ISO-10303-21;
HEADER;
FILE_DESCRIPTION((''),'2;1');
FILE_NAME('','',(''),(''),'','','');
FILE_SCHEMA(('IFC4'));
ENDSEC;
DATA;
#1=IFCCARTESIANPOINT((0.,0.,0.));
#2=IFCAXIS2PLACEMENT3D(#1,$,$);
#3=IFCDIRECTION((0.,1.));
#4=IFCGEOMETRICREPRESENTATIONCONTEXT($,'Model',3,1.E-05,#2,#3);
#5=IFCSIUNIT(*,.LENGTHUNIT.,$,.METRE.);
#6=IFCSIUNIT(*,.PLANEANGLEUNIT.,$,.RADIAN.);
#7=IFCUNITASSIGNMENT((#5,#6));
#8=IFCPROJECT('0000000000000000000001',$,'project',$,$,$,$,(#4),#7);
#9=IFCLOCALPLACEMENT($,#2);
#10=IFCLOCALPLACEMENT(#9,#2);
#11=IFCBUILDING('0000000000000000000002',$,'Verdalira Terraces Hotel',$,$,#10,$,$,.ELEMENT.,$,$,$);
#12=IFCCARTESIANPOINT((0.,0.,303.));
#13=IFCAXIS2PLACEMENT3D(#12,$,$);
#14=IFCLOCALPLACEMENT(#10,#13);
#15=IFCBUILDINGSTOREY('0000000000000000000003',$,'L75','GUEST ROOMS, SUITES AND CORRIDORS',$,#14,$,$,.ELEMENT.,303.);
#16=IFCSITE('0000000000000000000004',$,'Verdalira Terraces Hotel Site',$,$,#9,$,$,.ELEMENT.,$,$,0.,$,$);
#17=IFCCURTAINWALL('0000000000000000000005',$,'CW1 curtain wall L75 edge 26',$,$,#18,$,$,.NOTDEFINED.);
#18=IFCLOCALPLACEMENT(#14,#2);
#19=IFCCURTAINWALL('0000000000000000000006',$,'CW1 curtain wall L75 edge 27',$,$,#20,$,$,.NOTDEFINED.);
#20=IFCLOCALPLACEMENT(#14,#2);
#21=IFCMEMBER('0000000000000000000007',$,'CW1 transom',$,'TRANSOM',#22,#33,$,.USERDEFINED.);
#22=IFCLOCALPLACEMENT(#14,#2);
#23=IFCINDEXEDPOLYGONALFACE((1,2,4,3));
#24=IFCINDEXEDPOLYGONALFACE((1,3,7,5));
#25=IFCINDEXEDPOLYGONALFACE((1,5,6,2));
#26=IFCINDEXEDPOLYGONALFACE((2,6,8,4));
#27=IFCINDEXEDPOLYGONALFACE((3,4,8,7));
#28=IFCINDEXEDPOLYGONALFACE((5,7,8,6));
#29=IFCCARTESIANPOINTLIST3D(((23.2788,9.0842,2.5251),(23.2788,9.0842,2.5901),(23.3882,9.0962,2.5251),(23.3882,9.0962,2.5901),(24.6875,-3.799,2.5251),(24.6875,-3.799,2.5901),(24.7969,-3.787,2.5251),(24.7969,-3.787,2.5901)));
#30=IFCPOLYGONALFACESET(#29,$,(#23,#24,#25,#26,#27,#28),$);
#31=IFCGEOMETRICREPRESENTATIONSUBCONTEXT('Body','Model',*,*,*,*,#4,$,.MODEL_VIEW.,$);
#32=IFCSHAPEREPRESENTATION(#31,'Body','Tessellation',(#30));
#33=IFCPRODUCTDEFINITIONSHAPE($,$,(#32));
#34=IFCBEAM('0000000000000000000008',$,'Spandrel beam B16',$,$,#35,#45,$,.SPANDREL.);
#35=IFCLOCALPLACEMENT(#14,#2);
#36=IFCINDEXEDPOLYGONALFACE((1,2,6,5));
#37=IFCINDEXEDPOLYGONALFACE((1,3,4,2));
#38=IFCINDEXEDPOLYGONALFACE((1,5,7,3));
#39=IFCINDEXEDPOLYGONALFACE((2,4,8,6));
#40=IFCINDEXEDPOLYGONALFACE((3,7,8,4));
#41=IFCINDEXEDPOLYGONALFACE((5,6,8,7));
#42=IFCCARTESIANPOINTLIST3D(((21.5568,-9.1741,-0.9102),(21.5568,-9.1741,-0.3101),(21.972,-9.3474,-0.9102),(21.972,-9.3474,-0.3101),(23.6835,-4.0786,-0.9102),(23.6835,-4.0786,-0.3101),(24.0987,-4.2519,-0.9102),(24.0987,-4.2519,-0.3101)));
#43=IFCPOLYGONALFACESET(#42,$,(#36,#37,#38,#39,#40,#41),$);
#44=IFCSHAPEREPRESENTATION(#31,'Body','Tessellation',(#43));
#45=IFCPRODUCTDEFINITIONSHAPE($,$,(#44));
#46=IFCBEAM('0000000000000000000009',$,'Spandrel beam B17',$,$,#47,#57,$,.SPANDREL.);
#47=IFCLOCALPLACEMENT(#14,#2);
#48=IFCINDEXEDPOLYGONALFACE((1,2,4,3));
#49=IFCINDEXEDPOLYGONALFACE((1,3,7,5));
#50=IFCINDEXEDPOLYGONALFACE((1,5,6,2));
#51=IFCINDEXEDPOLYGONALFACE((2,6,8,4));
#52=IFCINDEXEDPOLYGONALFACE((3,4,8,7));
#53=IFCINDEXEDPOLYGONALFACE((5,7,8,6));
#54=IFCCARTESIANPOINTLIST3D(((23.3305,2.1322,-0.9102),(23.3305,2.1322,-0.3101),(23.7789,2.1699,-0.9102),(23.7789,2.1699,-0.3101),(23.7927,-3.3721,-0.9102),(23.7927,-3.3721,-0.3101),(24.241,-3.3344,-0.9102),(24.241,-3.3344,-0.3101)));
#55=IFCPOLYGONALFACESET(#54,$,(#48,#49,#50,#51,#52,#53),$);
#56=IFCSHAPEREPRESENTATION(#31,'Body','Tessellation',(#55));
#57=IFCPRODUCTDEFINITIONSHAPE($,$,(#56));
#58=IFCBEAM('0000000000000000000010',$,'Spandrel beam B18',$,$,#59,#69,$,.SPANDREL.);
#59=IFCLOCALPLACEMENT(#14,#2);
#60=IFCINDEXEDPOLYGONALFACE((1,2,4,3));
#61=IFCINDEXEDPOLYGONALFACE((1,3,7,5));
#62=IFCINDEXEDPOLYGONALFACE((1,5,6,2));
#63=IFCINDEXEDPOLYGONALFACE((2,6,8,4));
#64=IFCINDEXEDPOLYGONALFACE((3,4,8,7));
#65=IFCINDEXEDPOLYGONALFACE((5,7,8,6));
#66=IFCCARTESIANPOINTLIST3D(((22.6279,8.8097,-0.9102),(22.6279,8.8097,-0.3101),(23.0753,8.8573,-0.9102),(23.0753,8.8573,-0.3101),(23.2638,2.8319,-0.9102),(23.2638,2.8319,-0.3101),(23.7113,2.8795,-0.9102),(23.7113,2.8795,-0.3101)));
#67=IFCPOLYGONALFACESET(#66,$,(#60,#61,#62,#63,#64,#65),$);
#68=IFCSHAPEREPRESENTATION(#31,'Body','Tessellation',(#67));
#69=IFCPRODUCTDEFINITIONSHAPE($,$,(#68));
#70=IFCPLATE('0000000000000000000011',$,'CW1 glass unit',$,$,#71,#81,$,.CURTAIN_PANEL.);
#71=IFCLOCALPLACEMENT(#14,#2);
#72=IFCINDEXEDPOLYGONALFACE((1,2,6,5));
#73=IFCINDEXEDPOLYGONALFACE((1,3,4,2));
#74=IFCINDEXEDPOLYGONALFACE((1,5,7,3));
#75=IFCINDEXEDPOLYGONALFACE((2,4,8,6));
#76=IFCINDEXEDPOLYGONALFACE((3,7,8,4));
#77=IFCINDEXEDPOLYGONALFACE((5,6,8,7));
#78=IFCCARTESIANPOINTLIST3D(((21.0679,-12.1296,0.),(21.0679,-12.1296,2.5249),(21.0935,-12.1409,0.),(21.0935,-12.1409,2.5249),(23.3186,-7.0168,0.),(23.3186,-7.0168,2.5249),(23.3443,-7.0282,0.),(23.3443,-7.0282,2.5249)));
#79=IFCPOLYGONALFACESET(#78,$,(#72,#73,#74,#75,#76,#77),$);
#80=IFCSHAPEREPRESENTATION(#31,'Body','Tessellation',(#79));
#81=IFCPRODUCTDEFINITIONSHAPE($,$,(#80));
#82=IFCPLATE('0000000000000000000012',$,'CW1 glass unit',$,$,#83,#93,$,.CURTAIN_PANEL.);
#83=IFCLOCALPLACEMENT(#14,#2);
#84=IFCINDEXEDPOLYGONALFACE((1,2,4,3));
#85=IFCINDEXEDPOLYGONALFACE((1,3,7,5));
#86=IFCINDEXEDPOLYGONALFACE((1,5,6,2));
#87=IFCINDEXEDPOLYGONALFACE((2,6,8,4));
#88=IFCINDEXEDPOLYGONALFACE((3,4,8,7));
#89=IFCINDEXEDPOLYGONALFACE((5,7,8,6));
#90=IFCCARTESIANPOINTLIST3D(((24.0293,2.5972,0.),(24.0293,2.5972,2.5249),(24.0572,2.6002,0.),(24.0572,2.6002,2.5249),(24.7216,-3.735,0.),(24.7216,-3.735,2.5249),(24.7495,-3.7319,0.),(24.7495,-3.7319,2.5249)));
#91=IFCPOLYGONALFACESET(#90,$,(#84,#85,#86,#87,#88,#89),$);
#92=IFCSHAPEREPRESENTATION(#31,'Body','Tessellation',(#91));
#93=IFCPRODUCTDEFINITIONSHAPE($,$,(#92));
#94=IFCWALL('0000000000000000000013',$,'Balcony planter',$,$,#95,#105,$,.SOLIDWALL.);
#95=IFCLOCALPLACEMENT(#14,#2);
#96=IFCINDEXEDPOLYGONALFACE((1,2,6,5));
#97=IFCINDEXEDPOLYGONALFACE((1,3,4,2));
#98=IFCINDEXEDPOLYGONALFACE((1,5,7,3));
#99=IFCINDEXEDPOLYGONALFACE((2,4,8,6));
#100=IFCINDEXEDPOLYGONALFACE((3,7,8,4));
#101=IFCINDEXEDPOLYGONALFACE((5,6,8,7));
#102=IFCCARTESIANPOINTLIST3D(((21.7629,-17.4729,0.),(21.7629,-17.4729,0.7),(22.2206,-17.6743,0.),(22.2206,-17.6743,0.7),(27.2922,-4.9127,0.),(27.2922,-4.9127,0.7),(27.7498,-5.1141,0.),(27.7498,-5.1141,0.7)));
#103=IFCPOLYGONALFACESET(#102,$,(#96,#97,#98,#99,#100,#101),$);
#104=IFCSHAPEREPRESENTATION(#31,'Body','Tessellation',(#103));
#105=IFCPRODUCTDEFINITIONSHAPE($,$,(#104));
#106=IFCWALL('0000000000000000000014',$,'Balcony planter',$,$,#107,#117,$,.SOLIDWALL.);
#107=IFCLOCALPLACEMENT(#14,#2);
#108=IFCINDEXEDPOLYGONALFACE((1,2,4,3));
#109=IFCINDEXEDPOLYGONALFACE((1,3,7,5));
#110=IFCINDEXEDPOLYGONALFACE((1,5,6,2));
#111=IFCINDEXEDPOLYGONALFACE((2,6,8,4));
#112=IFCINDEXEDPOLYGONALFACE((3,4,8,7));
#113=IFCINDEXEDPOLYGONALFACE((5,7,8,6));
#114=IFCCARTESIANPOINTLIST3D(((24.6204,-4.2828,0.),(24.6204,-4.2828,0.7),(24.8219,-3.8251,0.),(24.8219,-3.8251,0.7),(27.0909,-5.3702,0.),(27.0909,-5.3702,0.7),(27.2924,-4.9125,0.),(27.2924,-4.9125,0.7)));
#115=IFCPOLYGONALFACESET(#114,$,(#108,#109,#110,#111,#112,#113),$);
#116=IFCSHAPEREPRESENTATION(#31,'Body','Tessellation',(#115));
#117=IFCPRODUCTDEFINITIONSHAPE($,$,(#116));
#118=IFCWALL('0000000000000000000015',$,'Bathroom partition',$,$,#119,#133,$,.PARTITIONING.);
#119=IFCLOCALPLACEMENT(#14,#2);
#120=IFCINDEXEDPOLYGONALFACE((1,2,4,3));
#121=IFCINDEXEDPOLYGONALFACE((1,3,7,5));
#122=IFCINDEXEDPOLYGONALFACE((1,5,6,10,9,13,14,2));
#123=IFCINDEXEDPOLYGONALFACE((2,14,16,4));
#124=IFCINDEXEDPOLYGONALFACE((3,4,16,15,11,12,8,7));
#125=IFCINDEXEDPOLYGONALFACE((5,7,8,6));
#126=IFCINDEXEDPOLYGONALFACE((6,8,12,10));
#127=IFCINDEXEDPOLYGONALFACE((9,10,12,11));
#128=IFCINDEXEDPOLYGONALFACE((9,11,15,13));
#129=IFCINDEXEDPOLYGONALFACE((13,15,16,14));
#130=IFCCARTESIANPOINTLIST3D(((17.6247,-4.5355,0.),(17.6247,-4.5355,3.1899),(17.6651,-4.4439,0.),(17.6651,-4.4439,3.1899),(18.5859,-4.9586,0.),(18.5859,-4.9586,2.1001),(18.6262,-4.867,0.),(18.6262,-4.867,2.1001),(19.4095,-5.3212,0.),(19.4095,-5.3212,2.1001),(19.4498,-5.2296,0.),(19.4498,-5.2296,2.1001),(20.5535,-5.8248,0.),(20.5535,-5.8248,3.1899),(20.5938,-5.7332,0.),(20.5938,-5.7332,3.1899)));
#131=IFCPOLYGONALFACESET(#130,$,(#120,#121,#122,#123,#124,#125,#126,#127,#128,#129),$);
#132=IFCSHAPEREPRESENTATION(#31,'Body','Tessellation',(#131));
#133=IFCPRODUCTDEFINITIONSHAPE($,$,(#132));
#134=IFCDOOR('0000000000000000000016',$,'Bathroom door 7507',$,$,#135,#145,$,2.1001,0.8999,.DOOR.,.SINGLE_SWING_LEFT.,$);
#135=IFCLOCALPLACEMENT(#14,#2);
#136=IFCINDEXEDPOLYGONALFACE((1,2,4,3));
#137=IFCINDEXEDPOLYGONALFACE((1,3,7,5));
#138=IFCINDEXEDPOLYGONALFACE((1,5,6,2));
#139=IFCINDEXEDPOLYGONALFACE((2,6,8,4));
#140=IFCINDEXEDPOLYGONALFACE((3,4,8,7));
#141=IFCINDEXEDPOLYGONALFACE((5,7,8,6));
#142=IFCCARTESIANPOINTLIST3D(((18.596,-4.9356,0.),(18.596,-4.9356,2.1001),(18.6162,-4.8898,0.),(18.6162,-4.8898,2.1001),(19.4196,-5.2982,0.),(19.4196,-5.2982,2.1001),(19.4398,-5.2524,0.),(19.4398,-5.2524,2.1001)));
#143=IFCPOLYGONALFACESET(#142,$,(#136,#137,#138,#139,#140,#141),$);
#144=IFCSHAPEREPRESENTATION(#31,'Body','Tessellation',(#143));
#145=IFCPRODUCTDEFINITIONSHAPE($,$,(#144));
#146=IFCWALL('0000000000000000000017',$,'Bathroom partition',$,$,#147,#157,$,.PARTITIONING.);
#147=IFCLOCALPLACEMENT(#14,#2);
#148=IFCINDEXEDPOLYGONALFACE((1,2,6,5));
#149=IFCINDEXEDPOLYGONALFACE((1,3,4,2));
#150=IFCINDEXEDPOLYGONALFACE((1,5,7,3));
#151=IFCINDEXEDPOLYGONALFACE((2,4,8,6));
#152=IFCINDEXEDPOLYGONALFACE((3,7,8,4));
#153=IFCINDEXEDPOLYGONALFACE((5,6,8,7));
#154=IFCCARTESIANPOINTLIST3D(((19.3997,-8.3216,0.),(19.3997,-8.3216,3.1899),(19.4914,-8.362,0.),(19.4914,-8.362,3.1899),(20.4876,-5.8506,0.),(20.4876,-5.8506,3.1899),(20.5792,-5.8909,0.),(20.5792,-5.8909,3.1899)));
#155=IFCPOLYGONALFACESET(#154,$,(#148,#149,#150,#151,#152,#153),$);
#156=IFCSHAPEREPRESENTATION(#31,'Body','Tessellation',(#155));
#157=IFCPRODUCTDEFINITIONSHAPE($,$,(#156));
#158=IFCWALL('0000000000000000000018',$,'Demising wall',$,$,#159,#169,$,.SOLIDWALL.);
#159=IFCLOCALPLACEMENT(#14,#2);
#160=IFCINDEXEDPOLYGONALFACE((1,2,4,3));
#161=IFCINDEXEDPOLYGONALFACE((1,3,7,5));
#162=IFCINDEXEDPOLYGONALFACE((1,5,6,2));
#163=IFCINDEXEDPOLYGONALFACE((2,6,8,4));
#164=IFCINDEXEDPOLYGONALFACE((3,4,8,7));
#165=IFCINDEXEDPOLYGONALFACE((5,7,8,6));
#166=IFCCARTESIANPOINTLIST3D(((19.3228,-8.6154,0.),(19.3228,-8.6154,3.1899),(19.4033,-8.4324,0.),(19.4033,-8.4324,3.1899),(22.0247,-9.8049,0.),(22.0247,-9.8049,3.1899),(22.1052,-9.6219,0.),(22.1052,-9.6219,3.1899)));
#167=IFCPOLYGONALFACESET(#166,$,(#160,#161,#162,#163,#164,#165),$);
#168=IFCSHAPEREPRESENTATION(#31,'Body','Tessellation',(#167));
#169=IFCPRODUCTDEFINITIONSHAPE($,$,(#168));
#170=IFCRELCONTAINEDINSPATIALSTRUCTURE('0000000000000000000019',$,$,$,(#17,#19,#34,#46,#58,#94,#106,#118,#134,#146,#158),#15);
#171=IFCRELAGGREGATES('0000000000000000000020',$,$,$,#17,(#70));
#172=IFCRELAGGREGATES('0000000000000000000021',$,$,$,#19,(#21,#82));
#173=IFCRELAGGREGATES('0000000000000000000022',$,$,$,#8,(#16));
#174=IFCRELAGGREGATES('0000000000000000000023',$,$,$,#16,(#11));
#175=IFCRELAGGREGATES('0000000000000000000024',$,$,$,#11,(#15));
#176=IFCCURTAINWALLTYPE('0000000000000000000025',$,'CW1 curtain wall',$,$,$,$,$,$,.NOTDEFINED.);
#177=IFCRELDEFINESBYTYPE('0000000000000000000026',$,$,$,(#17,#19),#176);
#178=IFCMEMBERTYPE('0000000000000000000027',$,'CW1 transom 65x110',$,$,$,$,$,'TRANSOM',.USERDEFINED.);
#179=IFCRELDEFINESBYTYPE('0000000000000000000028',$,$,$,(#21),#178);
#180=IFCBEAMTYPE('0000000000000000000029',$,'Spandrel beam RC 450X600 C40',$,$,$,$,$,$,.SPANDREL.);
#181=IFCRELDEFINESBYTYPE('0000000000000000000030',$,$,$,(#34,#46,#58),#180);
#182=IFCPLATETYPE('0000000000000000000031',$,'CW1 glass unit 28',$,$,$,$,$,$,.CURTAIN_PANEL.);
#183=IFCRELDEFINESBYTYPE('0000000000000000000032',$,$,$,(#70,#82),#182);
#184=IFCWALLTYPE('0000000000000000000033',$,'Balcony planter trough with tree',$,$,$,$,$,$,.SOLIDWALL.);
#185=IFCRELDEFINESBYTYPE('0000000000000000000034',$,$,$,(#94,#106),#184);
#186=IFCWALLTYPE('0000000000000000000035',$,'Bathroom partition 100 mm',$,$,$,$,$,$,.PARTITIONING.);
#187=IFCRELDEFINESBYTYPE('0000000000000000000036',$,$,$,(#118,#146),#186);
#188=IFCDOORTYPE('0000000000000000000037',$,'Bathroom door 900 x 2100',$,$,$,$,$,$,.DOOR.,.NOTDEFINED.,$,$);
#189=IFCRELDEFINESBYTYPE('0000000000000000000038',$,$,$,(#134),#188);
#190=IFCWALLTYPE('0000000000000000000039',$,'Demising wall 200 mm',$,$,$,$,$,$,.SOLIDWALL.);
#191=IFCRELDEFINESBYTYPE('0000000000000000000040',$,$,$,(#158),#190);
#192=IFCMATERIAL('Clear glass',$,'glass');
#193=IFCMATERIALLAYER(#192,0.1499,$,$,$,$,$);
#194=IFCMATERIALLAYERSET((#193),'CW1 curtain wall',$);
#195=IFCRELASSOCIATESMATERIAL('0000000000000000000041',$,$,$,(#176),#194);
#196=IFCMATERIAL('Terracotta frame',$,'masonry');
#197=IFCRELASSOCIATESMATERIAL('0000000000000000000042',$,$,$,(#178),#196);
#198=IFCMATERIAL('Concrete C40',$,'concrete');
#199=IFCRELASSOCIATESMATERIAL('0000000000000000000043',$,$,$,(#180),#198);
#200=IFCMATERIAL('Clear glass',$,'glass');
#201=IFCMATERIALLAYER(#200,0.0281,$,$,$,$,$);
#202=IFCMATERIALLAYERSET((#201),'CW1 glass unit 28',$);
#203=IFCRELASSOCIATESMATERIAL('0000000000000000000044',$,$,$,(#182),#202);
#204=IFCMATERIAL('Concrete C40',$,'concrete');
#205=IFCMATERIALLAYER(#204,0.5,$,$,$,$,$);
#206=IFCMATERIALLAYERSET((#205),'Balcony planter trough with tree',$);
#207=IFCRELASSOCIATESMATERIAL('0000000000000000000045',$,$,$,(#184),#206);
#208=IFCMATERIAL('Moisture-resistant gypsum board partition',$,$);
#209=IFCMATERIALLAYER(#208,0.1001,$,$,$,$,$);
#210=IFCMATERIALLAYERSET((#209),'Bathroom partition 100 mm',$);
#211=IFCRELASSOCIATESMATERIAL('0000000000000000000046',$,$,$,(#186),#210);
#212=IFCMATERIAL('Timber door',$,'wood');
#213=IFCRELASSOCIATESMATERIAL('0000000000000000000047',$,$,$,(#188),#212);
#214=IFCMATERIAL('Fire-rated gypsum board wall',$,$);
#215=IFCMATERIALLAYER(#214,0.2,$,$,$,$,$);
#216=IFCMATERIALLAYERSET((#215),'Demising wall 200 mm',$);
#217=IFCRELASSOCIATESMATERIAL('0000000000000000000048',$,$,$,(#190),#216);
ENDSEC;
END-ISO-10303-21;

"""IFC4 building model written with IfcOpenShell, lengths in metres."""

from ifc_helpers import new_model, si_unit, direction, frame, frame_2d, origin, origin_2d, place, context, subcontext, project, spatial, rectangle, extrude, material, layer, layer_set, material_profile, profile_set, type_object, element, fill, aggregate, save


model = new_model("IFC4")

# Units and contexts
model_context = context("Model", 3, precision=1e-05, world=origin(), true_north=direction((0.0, 1.0)))
body_context = subcontext(model_context, "Body", "Model", "MODEL_VIEW")
ifc_project = project(units=[si_unit("LENGTHUNIT", "METRE"), si_unit("PLANEANGLEUNIT", "RADIAN")], contexts=[model_context])

# Site, building, storey
site_placement = place(None, origin())
site = spatial("IfcSite", under=ifc_project, at=site_placement, Name="Verdalira Terraces Hotel Site", CompositionType="ELEMENT", RefElevation=0.0)
building_placement = place(site_placement, origin())
building = spatial("IfcBuilding", under=site, at=building_placement, Name="Verdalira Terraces Hotel", CompositionType="ELEMENT")
storey_placement = place(building_placement, frame((0.0, 0.0, 303.0)))
storey = spatial("IfcBuildingStorey", under=building, at=storey_placement, Name="L75", Description="GUEST ROOMS, SUITES AND CORRIDORS", CompositionType="ELEMENT", Elevation=303.0)

# Shared definitions
ifc_material_1 = material(Name="Clear glass", Category="glass")
ifc_layer_1 = layer(ifc_material_1, 0.1499)
ifc_layer_set_1 = layer_set([ifc_layer_1], Name="CW1 curtain wall")
curtain_wall_type = type_object("IfcCurtainWallType", Name="CW1 curtain wall", PredefinedType="NOTDEFINED", material=ifc_layer_set_1)

# Curtain walls
curtain_wall_1_placement = place(storey_placement, origin())
curtain_wall_1 = element("IfcCurtainWall", 1, at=curtain_wall_1_placement, inside=storey, type_object=curtain_wall_type, Name="CW1 curtain wall L75 edge 26", PredefinedType="NOTDEFINED")
curtain_wall_2_placement = place(storey_placement, origin())
curtain_wall_2 = element("IfcCurtainWall", 2, at=curtain_wall_2_placement, inside=storey, type_object=curtain_wall_type, Name="CW1 curtain wall L75 edge 27", PredefinedType="NOTDEFINED")

# Member
ifc_material_2 = material(Name="Terracotta frame", Category="masonry")
ifc_material_profile_1 = material_profile(ifc_material_2, rectangle(XDim=0.1101, YDim=0.0649, at=origin_2d()), Name="TR 65x110")
ifc_profile_set_1 = profile_set([ifc_material_profile_1], Name="Terracotta frame")
member_type_1 = type_object("IfcMemberType", Name="CW1 transom 65x110", ElementType="TRANSOM", PredefinedType="USERDEFINED", material=ifc_profile_set_1)
member_1_placement = place(storey_placement, frame((24.7422, -3.793, 2.5576), z_axis=(-0.108697, 0.994075, 0.0), x_axis=(-0.994075, -0.108697, 0.0)))
member_1 = element("IfcMember", 3, at=member_1_placement, type_object=member_type_1, Name="CW1 transom", ObjectType="TRANSOM", PredefinedType="USERDEFINED", context=body_context, shape_type="SweptSolid", body=[
    extrude(rectangle(XDim=0.1101, YDim=0.0649, at=origin_2d()), origin(), (0.0, 0.0, 1.0), 12.96),
])

# Beams
ifc_material_3 = material(Name="Concrete C40", Category="concrete")
ifc_material_profile_2 = material_profile(ifc_material_3, rectangle(XDim=0.45, YDim=0.6001, at=origin_2d()), Name="RC 450X600")
ifc_profile_set_2 = profile_set([ifc_material_profile_2], Name="Concrete C40")
beam_type_1 = type_object("IfcBeamType", Name="Spandrel beam RC 450X600 C40", PredefinedType="SPANDREL", material=ifc_profile_set_2)
beam_1_placement = place(storey_placement, frame((21.7644, -9.2607, -0.6101), z_axis=(0.385171, 0.922845, 0.0), x_axis=(-0.922845, 0.385171, 0.0)))
element("IfcBeam", 4, at=beam_1_placement, inside=storey, type_object=beam_type_1, Name="Spandrel beam B16", PredefinedType="SPANDREL", context=body_context, shape_type="SweptSolid", body=[
    extrude(rectangle(XDim=0.45, YDim=0.6001, at=origin_2d()), origin(), (0.0, 0.0, 1.0), 5.5215),
])
beam_2_placement = place(storey_placement, frame((24.0168, -3.3533, -0.6101), z_axis=(-0.083667, 0.996494, 0.0), x_axis=(-0.996494, -0.083667, 0.0)))
element("IfcBeam", 5, at=beam_2_placement, inside=storey, type_object=beam_type_1, Name="Spandrel beam B17", PredefinedType="SPANDREL", context=body_context, shape_type="SweptSolid", body=[
    extrude(rectangle(XDim=0.45, YDim=0.6001, at=origin_2d()), origin(), (0.0, 0.0, 1.0), 5.5237),
])
beam_3_placement = place(storey_placement, frame((23.4875, 2.8557, -0.6101), z_axis=(-0.105795, 0.994388, 0.0), x_axis=(-0.994388, -0.105795, 0.0)))
element("IfcBeam", 6, at=beam_3_placement, inside=storey, type_object=beam_type_1, Name="Spandrel beam B18", PredefinedType="SPANDREL", context=body_context, shape_type="SweptSolid", body=[
    extrude(rectangle(XDim=0.45, YDim=0.6001, at=origin_2d()), origin(), (0.0, 0.0, 1.0), 6.0115),
])

# Plates
ifc_material_4 = material(Name="Clear glass", Category="glass")
ifc_layer_2 = layer(ifc_material_4, 0.0281)
ifc_layer_set_2 = layer_set([ifc_layer_2], Name="CW1 glass unit 28")
plate_type = type_object("IfcPlateType", Name="CW1 glass unit 28", PredefinedType="CURTAIN_PANEL", material=ifc_layer_set_2)
plate_1_placement = place(storey_placement, frame((22.2061, -9.5789, 0.0), z_axis=(0.0, 0.0, 1.0), x_axis=(0.402906, 0.915241, 0.0)))
plate_1 = element("IfcPlate", 7, at=plate_1_placement, type_object=plate_type, Name="CW1 glass unit", PredefinedType="CURTAIN_PANEL", context=body_context, shape_type="SweptSolid", body=[
    extrude(rectangle(XDim=5.5862, YDim=0.0281, at=origin_2d()), origin(), (0.0, 0.0, 1.0), 2.5249),
])
aggregate(curtain_wall_1, [plate_1])
plate_2_placement = place(storey_placement, frame((24.3894, -0.5674, 0.0), z_axis=(0.0, 0.0, 1.0), x_axis=(-0.108693, 0.994075, 0.0)))
plate_2 = element("IfcPlate", 8, at=plate_2_placement, type_object=plate_type, Name="CW1 glass unit", PredefinedType="CURTAIN_PANEL", context=body_context, shape_type="SweptSolid", body=[
    extrude(rectangle(XDim=6.3699, YDim=0.0281, at=origin_2d()), origin(), (0.0, 0.0, 1.0), 2.5249),
])
aggregate(curtain_wall_2, [member_1, plate_2])

# Walls
ifc_material_5 = material(Name="Concrete C40", Category="concrete")
ifc_layer_3 = layer(ifc_material_5, 0.5)
ifc_layer_set_3 = layer_set([ifc_layer_3], Name="Balcony planter trough with tree")
wall_type_1 = type_object("IfcWallType", Name="Balcony planter trough with tree", PredefinedType="SOLIDWALL", material=ifc_layer_set_3)
wall_1_placement = place(storey_placement, frame((21.9917, -17.5737, 0.0), z_axis=(0.0, 0.0, 1.0), x_axis=(0.402907, 0.915241, 0.0)))
element("IfcWall", 9, at=wall_1_placement, inside=storey, type_object=wall_type_1, Name="Balcony planter", PredefinedType="SOLIDWALL", context=body_context, shape_type="SweptSolid", body=[
    extrude(rectangle(XDim=13.7234, YDim=0.5, at=frame_2d((6.8618, 0.0))), origin(), (0.0, 0.0, 1.0), 0.7),
])
wall_2_placement = place(storey_placement, frame((27.1916, -5.1414, 0.0), z_axis=(0.0, 0.0, 1.0), x_axis=(-0.91526, 0.402863, 0.0)))
element("IfcWall", 10, at=wall_2_placement, inside=storey, type_object=wall_type_1, Name="Balcony planter", PredefinedType="SOLIDWALL", context=body_context, shape_type="SweptSolid", body=[
    extrude(rectangle(XDim=2.6992, YDim=0.5, at=frame_2d((1.3496, 0.0))), origin(), (0.0, 0.0, 1.0), 0.7),
])

# Wall, opening, door
ifc_material_6 = material(Name="Moisture-resistant gypsum board partition")
ifc_layer_4 = layer(ifc_material_6, 0.1001)
ifc_layer_set_4 = layer_set([ifc_layer_4], Name="Bathroom partition 100 mm")
wall_type_2 = type_object("IfcWallType", Name="Bathroom partition 100 mm", PredefinedType="PARTITIONING", material=ifc_layer_set_4)
wall_3_placement = place(storey_placement, frame((20.5737, -5.7791, 0.0), z_axis=(0.0, 0.0, 1.0), x_axis=(-0.915237, 0.402915, 0.0)))
wall_3 = element("IfcWall", 11, at=wall_3_placement, inside=storey, type_object=wall_type_2, Name="Bathroom partition", PredefinedType="PARTITIONING", context=body_context, shape_type="SweptSolid", body=[
    extrude(rectangle(XDim=3.2, YDim=0.1001, at=frame_2d((1.6001, 0.0))), origin(), (0.0, 0.0, 1.0), 3.1899),
])
opening_1_placement = place(wall_3_placement, frame((1.25, 0.0, 0.0)))
opening_1 = element("IfcOpeningElement", 12, at=opening_1_placement, cuts=wall_3, PredefinedType="OPENING", context=body_context, shape_type="SweptSolid", body=[
    extrude(rectangle(XDim=0.8999, YDim=2.1001, at=frame_2d((0.45, 1.05))), frame((0.0, 0.0601, 0.0), z_axis=(0.0, -1.0, 0.0), x_axis=(1.0, 0.0, 0.0)), (0.0, 0.0, 1.0), 0.1201),
])
ifc_material_7 = material(Name="Timber door", Category="wood")
door_type_1 = type_object("IfcDoorType", Name="Bathroom door 900 x 2100", OperationType="NOTDEFINED", PredefinedType="DOOR", material=ifc_material_7)
door_1_placement = place(opening_1_placement, origin())
door_1 = element("IfcDoor", 13, at=door_1_placement, inside=storey, type_object=door_type_1, Name="Bathroom door 7507", OperationType="SINGLE_SWING_LEFT", OverallHeight=2.1001, OverallWidth=0.8999, PredefinedType="DOOR", context=body_context, shape_type="SweptSolid", body=[
    extrude(rectangle(XDim=0.8999, YDim=2.1001, at=frame_2d((0.45, 1.05))), frame((0.0, 0.0249, 0.0), z_axis=(0.0, -1.0, 0.0), x_axis=(1.0, 0.0, 0.0)), (0.0, 0.0, 1.0), 0.05),
])
fill(opening_1, door_1)

# Walls
wall_4_placement = place(storey_placement, frame((20.5334, -5.8706, 0.0), z_axis=(0.0, 0.0, 1.0), x_axis=(-0.402914, -0.915238, 0.0)))
element("IfcWall", 14, at=wall_4_placement, inside=storey, type_object=wall_type_2, Name="Bathroom partition", PredefinedType="PARTITIONING", context=body_context, shape_type="SweptSolid", body=[
    extrude(rectangle(XDim=2.7, YDim=0.1001, at=frame_2d((1.3501, 0.0))), origin(), (0.0, 0.0, 1.0), 3.1899),
])
ifc_material_8 = material(Name="Fire-rated gypsum board wall")
ifc_layer_5 = layer(ifc_material_8, 0.2)
ifc_layer_set_5 = layer_set([ifc_layer_5], Name="Demising wall 200 mm")
wall_type_3 = type_object("IfcWallType", Name="Demising wall 200 mm", PredefinedType="SOLIDWALL", material=ifc_layer_set_5)
wall_5_placement = place(storey_placement, frame((19.363, -8.5239, 0.0), z_axis=(0.0, 0.0, 1.0), x_axis=(0.915238, -0.402913, 0.0)))
element("IfcWall", 15, at=wall_5_placement, inside=storey, type_object=wall_type_3, Name="Demising wall", PredefinedType="SOLIDWALL", context=body_context, shape_type="SweptSolid", body=[
    extrude(rectangle(XDim=2.9521, YDim=0.2, at=frame_2d((1.4761, 0.0))), origin(), (0.0, 0.0, 1.0), 3.1899),
])

save(model, "model.ifc")
